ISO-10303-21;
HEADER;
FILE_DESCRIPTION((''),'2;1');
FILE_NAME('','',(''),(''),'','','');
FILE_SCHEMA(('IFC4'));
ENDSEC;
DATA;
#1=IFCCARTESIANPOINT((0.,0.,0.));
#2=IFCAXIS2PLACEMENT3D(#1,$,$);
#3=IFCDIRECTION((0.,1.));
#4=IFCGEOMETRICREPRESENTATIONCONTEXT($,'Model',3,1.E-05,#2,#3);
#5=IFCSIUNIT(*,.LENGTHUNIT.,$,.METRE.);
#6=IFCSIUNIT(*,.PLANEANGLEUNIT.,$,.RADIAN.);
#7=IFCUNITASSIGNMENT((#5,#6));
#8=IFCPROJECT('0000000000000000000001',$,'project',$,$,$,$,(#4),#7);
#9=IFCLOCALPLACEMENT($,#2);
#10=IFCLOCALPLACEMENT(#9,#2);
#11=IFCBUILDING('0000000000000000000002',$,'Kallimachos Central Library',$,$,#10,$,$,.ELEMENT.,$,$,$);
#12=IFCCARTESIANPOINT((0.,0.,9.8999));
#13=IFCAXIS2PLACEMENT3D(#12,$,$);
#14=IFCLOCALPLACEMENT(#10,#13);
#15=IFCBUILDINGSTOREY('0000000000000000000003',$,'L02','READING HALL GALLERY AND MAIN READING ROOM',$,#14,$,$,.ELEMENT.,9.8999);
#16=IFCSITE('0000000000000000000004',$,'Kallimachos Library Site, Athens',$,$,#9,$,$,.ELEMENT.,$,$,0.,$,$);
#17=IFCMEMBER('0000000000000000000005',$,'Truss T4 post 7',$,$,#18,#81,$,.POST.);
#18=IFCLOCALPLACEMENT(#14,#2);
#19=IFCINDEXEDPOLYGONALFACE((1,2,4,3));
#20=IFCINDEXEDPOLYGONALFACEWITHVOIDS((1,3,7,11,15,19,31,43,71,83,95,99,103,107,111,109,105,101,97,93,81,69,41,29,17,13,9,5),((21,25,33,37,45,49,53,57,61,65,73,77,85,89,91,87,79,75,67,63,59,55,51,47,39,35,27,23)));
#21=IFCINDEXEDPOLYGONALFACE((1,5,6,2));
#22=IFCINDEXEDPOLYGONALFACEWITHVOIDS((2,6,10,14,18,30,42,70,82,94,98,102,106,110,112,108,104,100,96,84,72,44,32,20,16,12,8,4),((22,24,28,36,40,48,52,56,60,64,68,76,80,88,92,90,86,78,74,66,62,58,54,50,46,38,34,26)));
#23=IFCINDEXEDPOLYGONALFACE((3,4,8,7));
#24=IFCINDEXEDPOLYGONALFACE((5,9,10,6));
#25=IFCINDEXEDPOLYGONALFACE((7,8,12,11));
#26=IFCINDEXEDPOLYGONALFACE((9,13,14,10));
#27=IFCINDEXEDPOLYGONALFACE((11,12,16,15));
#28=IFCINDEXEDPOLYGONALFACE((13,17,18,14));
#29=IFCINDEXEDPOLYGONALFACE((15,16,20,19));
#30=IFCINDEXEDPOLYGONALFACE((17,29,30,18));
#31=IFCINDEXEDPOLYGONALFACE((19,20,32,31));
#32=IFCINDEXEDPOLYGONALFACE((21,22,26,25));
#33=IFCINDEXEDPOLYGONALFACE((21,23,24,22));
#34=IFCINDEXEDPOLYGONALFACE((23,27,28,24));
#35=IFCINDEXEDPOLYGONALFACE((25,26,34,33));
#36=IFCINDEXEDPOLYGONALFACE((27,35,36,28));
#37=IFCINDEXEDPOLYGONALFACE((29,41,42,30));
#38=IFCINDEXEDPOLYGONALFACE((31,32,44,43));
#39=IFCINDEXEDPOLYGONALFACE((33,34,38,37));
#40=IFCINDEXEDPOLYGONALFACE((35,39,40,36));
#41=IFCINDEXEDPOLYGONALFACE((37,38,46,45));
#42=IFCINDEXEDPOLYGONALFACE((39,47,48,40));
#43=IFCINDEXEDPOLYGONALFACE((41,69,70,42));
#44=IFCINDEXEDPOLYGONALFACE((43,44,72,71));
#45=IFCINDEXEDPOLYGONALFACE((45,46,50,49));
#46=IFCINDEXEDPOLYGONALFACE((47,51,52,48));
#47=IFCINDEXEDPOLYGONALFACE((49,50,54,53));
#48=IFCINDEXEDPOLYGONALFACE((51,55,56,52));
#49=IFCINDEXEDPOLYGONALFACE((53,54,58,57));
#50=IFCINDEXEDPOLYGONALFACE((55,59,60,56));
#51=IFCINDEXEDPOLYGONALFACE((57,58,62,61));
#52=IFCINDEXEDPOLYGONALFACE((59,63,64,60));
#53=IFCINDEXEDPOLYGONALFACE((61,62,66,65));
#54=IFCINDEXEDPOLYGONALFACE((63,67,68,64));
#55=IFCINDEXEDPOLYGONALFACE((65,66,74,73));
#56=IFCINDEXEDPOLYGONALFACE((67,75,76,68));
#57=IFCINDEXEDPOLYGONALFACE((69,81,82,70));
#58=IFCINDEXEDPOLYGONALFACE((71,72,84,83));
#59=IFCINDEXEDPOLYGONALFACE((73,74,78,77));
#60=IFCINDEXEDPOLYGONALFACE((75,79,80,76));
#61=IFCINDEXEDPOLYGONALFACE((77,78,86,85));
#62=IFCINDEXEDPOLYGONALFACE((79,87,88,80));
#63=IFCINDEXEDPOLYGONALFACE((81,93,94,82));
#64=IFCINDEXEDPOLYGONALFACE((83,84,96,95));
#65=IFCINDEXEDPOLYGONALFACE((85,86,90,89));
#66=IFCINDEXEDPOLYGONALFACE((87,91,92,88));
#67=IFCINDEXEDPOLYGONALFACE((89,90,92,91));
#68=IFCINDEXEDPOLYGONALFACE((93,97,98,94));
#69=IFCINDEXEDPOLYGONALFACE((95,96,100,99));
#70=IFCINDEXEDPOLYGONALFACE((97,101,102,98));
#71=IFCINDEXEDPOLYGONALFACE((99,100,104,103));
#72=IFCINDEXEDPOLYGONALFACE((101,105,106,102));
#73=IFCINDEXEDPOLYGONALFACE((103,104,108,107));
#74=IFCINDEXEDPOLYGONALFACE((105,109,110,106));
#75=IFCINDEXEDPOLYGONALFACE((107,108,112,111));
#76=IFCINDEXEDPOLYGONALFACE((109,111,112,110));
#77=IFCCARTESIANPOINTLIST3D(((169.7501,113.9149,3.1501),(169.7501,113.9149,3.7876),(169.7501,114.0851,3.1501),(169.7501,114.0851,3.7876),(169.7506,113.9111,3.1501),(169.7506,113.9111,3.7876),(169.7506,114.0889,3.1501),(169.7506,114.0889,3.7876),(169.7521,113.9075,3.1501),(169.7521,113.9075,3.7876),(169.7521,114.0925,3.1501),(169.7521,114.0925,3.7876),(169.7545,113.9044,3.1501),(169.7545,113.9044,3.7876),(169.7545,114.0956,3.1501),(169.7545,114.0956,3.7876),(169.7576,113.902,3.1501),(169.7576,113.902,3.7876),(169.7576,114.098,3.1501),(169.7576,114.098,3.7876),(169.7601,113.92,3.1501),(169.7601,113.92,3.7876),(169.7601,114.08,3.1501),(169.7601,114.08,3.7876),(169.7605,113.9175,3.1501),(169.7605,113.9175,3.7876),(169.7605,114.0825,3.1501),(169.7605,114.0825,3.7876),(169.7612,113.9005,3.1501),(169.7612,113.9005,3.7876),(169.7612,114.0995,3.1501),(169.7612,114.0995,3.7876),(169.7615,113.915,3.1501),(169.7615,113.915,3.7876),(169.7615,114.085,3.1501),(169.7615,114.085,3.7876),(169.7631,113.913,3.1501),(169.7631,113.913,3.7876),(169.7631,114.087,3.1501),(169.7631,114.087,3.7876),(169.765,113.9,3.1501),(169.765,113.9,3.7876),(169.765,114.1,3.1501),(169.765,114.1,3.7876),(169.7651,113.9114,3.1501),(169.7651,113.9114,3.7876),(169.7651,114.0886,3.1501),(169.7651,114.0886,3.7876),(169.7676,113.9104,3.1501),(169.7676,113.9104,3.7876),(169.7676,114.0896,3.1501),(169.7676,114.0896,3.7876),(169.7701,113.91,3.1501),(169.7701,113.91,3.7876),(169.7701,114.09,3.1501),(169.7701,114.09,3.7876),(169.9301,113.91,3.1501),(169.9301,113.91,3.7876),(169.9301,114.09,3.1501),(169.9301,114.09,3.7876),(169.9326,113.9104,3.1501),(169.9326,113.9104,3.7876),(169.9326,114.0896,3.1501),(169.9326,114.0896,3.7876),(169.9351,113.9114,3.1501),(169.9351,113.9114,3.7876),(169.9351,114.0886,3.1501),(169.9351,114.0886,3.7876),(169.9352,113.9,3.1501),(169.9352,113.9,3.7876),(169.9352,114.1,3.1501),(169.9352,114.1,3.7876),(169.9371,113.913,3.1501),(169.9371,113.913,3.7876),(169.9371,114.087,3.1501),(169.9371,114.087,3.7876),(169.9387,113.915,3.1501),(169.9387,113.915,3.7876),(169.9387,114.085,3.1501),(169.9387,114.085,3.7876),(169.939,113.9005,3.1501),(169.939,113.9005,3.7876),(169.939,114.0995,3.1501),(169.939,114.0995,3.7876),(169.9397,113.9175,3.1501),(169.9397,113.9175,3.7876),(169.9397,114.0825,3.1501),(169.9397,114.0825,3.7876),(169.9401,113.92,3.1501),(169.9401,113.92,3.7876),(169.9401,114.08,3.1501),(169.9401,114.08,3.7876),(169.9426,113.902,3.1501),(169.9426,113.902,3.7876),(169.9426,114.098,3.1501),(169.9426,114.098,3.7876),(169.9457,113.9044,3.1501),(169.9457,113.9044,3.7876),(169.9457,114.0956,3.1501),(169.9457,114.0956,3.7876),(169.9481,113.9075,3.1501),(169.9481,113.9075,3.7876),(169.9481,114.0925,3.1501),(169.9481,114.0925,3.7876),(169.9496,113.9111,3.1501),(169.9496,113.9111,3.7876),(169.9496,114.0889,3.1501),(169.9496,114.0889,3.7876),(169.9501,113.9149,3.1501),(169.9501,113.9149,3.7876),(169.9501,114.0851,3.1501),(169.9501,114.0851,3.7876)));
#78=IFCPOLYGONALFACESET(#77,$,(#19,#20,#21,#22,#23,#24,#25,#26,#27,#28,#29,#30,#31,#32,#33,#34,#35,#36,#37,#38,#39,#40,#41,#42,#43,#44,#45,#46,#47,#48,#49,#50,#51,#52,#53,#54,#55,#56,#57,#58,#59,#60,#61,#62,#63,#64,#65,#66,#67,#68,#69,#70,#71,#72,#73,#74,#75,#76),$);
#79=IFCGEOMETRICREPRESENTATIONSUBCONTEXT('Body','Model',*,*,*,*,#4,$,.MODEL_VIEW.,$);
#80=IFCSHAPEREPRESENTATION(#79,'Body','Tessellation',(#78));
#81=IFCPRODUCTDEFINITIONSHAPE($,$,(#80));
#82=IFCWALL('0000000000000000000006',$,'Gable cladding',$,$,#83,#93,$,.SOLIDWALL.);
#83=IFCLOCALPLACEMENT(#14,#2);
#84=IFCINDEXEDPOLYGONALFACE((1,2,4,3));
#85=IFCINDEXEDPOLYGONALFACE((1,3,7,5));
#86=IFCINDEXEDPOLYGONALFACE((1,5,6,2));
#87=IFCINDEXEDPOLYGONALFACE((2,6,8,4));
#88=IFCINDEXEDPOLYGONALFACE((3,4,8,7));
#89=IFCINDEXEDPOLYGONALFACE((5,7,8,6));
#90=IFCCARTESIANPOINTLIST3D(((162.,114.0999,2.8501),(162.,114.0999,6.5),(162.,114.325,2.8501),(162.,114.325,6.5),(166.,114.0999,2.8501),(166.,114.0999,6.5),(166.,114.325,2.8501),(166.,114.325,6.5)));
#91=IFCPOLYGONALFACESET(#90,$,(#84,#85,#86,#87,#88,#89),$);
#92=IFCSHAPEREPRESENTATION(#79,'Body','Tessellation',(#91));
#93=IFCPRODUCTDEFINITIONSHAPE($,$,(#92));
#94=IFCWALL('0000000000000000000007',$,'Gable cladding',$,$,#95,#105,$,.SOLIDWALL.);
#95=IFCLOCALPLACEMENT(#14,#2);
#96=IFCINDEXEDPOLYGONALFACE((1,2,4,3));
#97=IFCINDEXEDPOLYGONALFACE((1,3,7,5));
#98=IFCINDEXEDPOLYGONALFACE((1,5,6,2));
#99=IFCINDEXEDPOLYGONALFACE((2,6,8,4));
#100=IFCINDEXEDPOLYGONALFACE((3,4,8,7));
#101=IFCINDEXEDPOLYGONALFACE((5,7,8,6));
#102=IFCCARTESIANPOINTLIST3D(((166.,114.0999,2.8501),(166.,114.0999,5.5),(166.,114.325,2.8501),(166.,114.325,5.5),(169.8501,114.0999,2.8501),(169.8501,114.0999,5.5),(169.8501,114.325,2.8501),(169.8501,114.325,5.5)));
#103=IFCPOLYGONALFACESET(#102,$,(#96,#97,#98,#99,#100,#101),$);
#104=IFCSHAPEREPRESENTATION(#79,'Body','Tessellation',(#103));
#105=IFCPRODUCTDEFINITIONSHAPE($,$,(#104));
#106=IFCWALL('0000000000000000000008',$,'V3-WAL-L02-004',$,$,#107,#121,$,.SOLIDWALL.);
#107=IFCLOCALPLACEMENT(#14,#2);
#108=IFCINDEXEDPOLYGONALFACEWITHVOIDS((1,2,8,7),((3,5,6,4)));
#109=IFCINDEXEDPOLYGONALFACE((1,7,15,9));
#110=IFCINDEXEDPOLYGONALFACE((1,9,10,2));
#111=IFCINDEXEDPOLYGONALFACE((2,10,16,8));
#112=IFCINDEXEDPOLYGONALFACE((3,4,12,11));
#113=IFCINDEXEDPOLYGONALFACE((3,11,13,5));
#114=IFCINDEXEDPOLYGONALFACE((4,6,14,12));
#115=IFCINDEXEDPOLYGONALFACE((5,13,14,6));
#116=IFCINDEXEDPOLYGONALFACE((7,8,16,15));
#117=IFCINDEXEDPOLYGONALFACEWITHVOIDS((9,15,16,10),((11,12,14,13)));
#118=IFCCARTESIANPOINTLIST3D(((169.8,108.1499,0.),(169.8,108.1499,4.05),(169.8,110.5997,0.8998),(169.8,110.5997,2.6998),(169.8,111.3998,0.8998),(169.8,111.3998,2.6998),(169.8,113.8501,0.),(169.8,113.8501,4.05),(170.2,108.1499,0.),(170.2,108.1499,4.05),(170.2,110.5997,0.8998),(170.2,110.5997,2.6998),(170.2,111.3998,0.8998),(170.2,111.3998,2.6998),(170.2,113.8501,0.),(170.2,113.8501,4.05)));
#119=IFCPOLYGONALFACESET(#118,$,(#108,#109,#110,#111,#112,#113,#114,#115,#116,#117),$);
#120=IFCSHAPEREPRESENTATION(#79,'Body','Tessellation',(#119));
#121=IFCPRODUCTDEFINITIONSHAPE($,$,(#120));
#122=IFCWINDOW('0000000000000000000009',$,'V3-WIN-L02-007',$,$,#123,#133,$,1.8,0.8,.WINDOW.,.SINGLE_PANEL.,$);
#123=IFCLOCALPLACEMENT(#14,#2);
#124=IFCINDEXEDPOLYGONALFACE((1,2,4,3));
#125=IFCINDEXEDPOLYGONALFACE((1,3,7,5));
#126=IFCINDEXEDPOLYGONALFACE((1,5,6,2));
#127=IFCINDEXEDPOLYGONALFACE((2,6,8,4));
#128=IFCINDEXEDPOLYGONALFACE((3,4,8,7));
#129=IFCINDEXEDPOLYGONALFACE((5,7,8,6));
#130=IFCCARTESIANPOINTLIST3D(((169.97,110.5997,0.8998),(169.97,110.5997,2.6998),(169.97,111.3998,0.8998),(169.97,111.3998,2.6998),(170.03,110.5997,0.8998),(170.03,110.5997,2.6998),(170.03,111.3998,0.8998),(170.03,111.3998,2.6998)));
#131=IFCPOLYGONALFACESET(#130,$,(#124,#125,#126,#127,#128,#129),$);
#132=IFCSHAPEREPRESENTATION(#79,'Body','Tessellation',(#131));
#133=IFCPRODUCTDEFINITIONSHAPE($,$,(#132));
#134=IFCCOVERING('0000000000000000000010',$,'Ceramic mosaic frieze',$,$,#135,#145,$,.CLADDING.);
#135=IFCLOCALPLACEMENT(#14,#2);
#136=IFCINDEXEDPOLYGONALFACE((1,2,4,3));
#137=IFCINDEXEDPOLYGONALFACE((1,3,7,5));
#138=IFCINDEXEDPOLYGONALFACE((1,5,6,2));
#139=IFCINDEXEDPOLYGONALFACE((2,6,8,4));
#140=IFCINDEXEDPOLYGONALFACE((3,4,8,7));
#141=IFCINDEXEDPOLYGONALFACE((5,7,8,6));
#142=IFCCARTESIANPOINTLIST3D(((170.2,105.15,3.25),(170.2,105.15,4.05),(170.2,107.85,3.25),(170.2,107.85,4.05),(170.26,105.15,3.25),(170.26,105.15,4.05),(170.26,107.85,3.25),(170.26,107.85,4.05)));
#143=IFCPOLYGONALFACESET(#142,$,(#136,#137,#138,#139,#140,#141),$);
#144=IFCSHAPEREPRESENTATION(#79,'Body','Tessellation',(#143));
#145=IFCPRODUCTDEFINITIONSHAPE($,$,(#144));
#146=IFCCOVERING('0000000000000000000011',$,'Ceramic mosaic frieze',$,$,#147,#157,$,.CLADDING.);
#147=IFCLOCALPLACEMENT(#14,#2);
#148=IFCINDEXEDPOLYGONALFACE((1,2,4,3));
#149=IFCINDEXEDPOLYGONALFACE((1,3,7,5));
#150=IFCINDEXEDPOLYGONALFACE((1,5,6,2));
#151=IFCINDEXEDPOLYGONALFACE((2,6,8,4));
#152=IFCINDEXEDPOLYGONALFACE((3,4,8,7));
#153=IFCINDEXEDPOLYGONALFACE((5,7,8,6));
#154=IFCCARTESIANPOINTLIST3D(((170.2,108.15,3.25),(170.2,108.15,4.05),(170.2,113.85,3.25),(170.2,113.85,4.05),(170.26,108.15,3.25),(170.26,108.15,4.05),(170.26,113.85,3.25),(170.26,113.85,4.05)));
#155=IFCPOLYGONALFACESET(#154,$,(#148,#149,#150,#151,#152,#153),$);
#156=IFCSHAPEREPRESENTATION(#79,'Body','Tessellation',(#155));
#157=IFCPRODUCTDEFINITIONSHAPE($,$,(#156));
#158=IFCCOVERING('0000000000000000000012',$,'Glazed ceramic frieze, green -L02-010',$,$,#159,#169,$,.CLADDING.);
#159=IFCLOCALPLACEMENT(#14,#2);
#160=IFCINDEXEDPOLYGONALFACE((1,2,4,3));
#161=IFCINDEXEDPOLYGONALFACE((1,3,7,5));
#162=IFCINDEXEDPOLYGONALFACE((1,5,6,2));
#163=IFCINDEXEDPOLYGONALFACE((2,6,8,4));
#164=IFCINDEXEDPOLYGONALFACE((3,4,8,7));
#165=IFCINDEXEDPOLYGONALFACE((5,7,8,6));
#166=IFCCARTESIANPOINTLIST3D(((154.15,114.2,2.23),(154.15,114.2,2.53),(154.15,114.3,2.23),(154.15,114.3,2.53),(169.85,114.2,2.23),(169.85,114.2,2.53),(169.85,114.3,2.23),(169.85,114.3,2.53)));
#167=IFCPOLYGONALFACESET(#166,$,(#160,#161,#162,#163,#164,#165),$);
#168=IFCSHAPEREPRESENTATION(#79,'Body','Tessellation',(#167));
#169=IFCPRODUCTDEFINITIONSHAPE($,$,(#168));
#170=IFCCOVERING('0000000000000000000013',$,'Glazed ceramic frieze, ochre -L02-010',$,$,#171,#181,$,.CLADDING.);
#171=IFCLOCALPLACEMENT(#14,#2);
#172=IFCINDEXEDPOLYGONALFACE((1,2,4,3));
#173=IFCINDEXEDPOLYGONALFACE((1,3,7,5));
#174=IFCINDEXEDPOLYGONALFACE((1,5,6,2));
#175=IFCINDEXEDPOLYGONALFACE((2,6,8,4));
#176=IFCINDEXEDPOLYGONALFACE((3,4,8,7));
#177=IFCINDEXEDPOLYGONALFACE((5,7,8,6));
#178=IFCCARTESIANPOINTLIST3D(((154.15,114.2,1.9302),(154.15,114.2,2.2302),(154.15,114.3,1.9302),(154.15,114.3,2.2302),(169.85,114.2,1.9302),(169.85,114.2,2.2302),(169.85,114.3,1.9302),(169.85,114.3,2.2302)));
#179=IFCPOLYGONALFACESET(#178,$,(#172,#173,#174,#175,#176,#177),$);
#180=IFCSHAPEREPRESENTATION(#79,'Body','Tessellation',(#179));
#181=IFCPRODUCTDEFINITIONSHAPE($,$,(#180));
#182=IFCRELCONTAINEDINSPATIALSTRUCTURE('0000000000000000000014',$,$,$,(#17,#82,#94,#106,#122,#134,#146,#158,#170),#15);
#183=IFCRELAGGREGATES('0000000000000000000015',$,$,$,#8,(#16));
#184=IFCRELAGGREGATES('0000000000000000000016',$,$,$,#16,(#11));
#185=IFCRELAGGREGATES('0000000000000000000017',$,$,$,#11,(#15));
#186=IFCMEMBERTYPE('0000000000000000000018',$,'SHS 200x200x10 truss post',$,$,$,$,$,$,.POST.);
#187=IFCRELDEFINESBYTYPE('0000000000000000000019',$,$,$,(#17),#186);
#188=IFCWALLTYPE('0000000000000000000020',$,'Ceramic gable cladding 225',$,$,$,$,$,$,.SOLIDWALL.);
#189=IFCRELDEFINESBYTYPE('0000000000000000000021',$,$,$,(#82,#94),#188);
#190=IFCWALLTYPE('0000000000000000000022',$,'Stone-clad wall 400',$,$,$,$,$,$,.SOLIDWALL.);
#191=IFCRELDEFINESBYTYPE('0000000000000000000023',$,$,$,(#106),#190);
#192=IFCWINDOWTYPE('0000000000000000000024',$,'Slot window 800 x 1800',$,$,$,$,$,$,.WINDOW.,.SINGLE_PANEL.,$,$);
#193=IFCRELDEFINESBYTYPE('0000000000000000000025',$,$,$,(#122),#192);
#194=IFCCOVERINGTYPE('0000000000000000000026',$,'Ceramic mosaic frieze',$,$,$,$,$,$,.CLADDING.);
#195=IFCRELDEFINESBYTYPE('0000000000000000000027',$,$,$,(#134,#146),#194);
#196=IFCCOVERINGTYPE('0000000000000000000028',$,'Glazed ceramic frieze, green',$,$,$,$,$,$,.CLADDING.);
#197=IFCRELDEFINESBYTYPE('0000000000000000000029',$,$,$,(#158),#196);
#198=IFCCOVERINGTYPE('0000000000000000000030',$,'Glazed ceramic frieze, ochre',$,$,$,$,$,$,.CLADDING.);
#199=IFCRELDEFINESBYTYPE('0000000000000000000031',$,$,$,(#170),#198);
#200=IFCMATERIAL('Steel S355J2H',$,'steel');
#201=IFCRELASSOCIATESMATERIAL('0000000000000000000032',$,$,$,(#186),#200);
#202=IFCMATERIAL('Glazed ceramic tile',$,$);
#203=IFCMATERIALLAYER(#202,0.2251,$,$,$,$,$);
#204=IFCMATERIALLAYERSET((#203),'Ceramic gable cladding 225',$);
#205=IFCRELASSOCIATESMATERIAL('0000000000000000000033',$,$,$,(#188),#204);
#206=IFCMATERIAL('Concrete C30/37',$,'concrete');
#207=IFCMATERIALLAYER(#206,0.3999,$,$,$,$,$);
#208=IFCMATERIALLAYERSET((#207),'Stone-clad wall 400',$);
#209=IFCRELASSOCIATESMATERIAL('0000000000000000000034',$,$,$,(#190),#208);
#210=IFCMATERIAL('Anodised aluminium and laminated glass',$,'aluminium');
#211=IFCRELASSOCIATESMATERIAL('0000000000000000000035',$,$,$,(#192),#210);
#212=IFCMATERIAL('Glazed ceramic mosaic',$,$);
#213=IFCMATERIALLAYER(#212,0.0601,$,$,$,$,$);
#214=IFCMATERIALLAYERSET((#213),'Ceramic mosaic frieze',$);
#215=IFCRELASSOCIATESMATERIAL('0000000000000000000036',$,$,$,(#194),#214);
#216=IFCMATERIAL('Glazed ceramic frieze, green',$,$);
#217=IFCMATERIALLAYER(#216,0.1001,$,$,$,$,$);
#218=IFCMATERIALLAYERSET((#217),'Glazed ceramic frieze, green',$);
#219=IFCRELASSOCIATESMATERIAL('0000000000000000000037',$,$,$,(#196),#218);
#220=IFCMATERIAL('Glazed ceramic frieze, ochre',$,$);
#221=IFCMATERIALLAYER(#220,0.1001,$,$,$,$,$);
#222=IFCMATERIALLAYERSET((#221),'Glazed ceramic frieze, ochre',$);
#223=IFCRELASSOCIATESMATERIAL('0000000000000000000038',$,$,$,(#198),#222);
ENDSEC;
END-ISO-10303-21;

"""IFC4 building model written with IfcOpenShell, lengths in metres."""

from ifc_helpers import new_model, si_unit, direction, frame, frame_2d, origin, origin_2d, place, context, subcontext, project, spatial, rectangle, hollow_rectangle, extrude, material, layer, layer_set, material_profile, profile_set, type_object, element, fill, save


model = new_model("IFC4")

# Units and contexts
model_context = context("Model", 3, precision=1e-05, world=origin(), true_north=direction((0.0, 1.0)))
body_context = subcontext(model_context, "Body", "Model", "MODEL_VIEW")
ifc_project = project(units=[si_unit("LENGTHUNIT", "METRE"), si_unit("PLANEANGLEUNIT", "RADIAN")], contexts=[model_context])

# Site, building, storey
site_placement = place(None, origin())
site = spatial("IfcSite", under=ifc_project, at=site_placement, Name="Kallimachos Library Site, Athens", CompositionType="ELEMENT", RefElevation=0.0)
building_placement = place(site_placement, origin())
building = spatial("IfcBuilding", under=site, at=building_placement, Name="Kallimachos Central Library", CompositionType="ELEMENT")
storey_placement = place(building_placement, frame((0.0, 0.0, 9.8999)))
storey = spatial("IfcBuildingStorey", under=building, at=storey_placement, Name="L02", Description="READING HALL GALLERY AND MAIN READING ROOM", CompositionType="ELEMENT", Elevation=9.8999)

# Member
ifc_material_1 = material(Name="Steel S355J2H", Category="steel")
ifc_material_profile_1 = material_profile(ifc_material_1, hollow_rectangle(XDim=0.2, YDim=0.2, WallThickness=0.01, InnerFilletRadius=0.01, OuterFilletRadius=0.0149, at=origin_2d()), Name="SHS 200x200x10")
ifc_profile_set_1 = profile_set([ifc_material_profile_1], Name="Steel S355J2H")
member_type_1 = type_object("IfcMemberType", Name="SHS 200x200x10 truss post", PredefinedType="POST", material=ifc_profile_set_1)
member_1_placement = place(storey_placement, frame((169.8501, 114.0, 3.1501), z_axis=(0.0, 0.0, 1.0), x_axis=(1.0, 0.0, 0.0)))
element("IfcMember", 1, at=member_1_placement, inside=storey, type_object=member_type_1, Name="Truss T4 post 7", PredefinedType="POST", context=body_context, shape_type="SweptSolid", body=[
    extrude(hollow_rectangle(XDim=0.2, YDim=0.2, WallThickness=0.01, InnerFilletRadius=0.01, OuterFilletRadius=0.0149, at=origin_2d()), origin(), (0.0, 0.0, 1.0), 0.6375),
])

# Walls
ifc_material_2 = material(Name="Glazed ceramic tile")
ifc_layer_1 = layer(ifc_material_2, 0.2251)
ifc_layer_set_1 = layer_set([ifc_layer_1], Name="Ceramic gable cladding 225")
wall_type_1 = type_object("IfcWallType", Name="Ceramic gable cladding 225", PredefinedType="SOLIDWALL", material=ifc_layer_set_1)
wall_1_placement = place(storey_placement, frame((162.0, 114.2124, 2.8501), z_axis=(0.0, 0.0, 1.0), x_axis=(1.0, 0.0, 0.0)))
element("IfcWall", 2, at=wall_1_placement, inside=storey, type_object=wall_type_1, Name="Gable cladding", PredefinedType="SOLIDWALL", context=body_context, shape_type="SweptSolid", body=[
    extrude(rectangle(XDim=4.0, YDim=0.2251, at=frame_2d((2.0, 0.0))), origin(), (0.0, 0.0, 1.0), 3.6499),
])
wall_2_placement = place(storey_placement, frame((166.0, 114.2124, 2.8501), z_axis=(0.0, 0.0, 1.0), x_axis=(1.0, 0.0, 0.0)))
element("IfcWall", 3, at=wall_2_placement, inside=storey, type_object=wall_type_1, Name="Gable cladding", PredefinedType="SOLIDWALL", context=body_context, shape_type="SweptSolid", body=[
    extrude(rectangle(XDim=3.8501, YDim=0.2251, at=frame_2d((1.925, 0.0))), origin(), (0.0, 0.0, 1.0), 2.6499),
])

# Wall, opening, window
ifc_material_3 = material(Name="Concrete C30/37", Category="concrete")
ifc_layer_2 = layer(ifc_material_3, 0.3999)
ifc_layer_set_2 = layer_set([ifc_layer_2], Name="Stone-clad wall 400")
wall_type_2 = type_object("IfcWallType", Name="Stone-clad wall 400", PredefinedType="SOLIDWALL", material=ifc_layer_set_2)
wall_3_placement = place(storey_placement, frame((170.0, 108.1499, 0.0), z_axis=(0.0, 0.0, 1.0), x_axis=(0.0, 1.0, 0.0)))
wall_3 = element("IfcWall", 4, at=wall_3_placement, inside=storey, type_object=wall_type_2, Name="V3-WAL-L02-004", PredefinedType="SOLIDWALL", context=body_context, shape_type="SweptSolid", body=[
    extrude(rectangle(XDim=5.7002, YDim=0.3999, at=frame_2d((2.8501, 0.0))), origin(), (0.0, 0.0, 1.0), 4.05),
])
opening_placement = place(wall_3_placement, frame((2.45, 0.0, 0.8999)))
opening = element("IfcOpeningElement", 5, at=opening_placement, cuts=wall_3, PredefinedType="OPENING", context=body_context, shape_type="SweptSolid", body=[
    extrude(rectangle(XDim=0.8, YDim=1.8, at=frame_2d((0.3999, 0.8999))), frame((0.0, 0.21, 0.0), z_axis=(0.0, -1.0, 0.0), x_axis=(1.0, 0.0, 0.0)), (0.0, 0.0, 1.0), 0.4199),
])
ifc_material_4 = material(Name="Anodised aluminium and laminated glass", Category="aluminium")
window_type = type_object("IfcWindowType", Name="Slot window 800 x 1800", PartitioningType="SINGLE_PANEL", PredefinedType="WINDOW", material=ifc_material_4)
window_placement = place(opening_placement, origin())
window = element("IfcWindow", 6, at=window_placement, inside=storey, type_object=window_type, Name="V3-WIN-L02-007", OverallHeight=1.8, OverallWidth=0.8, PartitioningType="SINGLE_PANEL", PredefinedType="WINDOW", context=body_context, shape_type="SweptSolid", body=[
    extrude(rectangle(XDim=0.8, YDim=1.8, at=frame_2d((0.3999, 0.8999))), frame((0.0, 0.03, 0.0), z_axis=(0.0, -1.0, 0.0), x_axis=(1.0, 0.0, 0.0)), (0.0, 0.0, 1.0), 0.0601),
])
fill(opening, window)

# Coverings
ifc_material_5 = material(Name="Glazed ceramic mosaic")
ifc_layer_3 = layer(ifc_material_5, 0.0601)
ifc_layer_set_3 = layer_set([ifc_layer_3], Name="Ceramic mosaic frieze")
covering_type_1 = type_object("IfcCoveringType", Name="Ceramic mosaic frieze", PredefinedType="CLADDING", material=ifc_layer_set_3)
covering_1_placement = place(storey_placement, frame((170.23, 106.5, 3.25), z_axis=(0.0, 0.0, 1.0), x_axis=(1.0, 0.0, 0.0)))
element("IfcCovering", 7, at=covering_1_placement, inside=storey, type_object=covering_type_1, Name="Ceramic mosaic frieze", PredefinedType="CLADDING", context=body_context, shape_type="SweptSolid", body=[
    extrude(rectangle(XDim=0.0601, YDim=2.7, at=origin_2d()), origin(), (0.0, 0.0, 1.0), 0.8),
])
covering_2_placement = place(storey_placement, frame((170.23, 111.0, 3.25), z_axis=(0.0, 0.0, 1.0), x_axis=(1.0, 0.0, 0.0)))
element("IfcCovering", 8, at=covering_2_placement, inside=storey, type_object=covering_type_1, Name="Ceramic mosaic frieze", PredefinedType="CLADDING", context=body_context, shape_type="SweptSolid", body=[
    extrude(rectangle(XDim=0.0601, YDim=5.7, at=origin_2d()), origin(), (0.0, 0.0, 1.0), 0.8),
])
ifc_material_6 = material(Name="Glazed ceramic frieze, green")
ifc_layer_4 = layer(ifc_material_6, 0.1001)
ifc_layer_set_4 = layer_set([ifc_layer_4], Name="Glazed ceramic frieze, green")
covering_type_2 = type_object("IfcCoveringType", Name="Glazed ceramic frieze, green", PredefinedType="CLADDING", material=ifc_layer_set_4)
covering_3_placement = place(storey_placement, frame((162.0, 114.25, 2.23), z_axis=(0.0, 0.0, 1.0), x_axis=(1.0, 0.0, 0.0)))
element("IfcCovering", 9, at=covering_3_placement, inside=storey, type_object=covering_type_2, Name="Glazed ceramic frieze, green -L02-010", PredefinedType="CLADDING", context=body_context, shape_type="SweptSolid", body=[
    extrude(rectangle(XDim=15.7, YDim=0.1001, at=origin_2d()), origin(), (0.0, 0.0, 1.0), 0.3),
])
ifc_material_7 = material(Name="Glazed ceramic frieze, ochre")
ifc_layer_5 = layer(ifc_material_7, 0.1001)
ifc_layer_set_5 = layer_set([ifc_layer_5], Name="Glazed ceramic frieze, ochre")
covering_type_3 = type_object("IfcCoveringType", Name="Glazed ceramic frieze, ochre", PredefinedType="CLADDING", material=ifc_layer_set_5)
covering_4_placement = place(storey_placement, frame((162.0, 114.25, 1.9302), z_axis=(0.0, 0.0, 1.0), x_axis=(1.0, 0.0, 0.0)))
element("IfcCovering", 10, at=covering_4_placement, inside=storey, type_object=covering_type_3, Name="Glazed ceramic frieze, ochre -L02-010", PredefinedType="CLADDING", context=body_context, shape_type="SweptSolid", body=[
    extrude(rectangle(XDim=15.7, YDim=0.1001, at=origin_2d()), origin(), (0.0, 0.0, 1.0), 0.3),
])

save(model, "model.ifc")
